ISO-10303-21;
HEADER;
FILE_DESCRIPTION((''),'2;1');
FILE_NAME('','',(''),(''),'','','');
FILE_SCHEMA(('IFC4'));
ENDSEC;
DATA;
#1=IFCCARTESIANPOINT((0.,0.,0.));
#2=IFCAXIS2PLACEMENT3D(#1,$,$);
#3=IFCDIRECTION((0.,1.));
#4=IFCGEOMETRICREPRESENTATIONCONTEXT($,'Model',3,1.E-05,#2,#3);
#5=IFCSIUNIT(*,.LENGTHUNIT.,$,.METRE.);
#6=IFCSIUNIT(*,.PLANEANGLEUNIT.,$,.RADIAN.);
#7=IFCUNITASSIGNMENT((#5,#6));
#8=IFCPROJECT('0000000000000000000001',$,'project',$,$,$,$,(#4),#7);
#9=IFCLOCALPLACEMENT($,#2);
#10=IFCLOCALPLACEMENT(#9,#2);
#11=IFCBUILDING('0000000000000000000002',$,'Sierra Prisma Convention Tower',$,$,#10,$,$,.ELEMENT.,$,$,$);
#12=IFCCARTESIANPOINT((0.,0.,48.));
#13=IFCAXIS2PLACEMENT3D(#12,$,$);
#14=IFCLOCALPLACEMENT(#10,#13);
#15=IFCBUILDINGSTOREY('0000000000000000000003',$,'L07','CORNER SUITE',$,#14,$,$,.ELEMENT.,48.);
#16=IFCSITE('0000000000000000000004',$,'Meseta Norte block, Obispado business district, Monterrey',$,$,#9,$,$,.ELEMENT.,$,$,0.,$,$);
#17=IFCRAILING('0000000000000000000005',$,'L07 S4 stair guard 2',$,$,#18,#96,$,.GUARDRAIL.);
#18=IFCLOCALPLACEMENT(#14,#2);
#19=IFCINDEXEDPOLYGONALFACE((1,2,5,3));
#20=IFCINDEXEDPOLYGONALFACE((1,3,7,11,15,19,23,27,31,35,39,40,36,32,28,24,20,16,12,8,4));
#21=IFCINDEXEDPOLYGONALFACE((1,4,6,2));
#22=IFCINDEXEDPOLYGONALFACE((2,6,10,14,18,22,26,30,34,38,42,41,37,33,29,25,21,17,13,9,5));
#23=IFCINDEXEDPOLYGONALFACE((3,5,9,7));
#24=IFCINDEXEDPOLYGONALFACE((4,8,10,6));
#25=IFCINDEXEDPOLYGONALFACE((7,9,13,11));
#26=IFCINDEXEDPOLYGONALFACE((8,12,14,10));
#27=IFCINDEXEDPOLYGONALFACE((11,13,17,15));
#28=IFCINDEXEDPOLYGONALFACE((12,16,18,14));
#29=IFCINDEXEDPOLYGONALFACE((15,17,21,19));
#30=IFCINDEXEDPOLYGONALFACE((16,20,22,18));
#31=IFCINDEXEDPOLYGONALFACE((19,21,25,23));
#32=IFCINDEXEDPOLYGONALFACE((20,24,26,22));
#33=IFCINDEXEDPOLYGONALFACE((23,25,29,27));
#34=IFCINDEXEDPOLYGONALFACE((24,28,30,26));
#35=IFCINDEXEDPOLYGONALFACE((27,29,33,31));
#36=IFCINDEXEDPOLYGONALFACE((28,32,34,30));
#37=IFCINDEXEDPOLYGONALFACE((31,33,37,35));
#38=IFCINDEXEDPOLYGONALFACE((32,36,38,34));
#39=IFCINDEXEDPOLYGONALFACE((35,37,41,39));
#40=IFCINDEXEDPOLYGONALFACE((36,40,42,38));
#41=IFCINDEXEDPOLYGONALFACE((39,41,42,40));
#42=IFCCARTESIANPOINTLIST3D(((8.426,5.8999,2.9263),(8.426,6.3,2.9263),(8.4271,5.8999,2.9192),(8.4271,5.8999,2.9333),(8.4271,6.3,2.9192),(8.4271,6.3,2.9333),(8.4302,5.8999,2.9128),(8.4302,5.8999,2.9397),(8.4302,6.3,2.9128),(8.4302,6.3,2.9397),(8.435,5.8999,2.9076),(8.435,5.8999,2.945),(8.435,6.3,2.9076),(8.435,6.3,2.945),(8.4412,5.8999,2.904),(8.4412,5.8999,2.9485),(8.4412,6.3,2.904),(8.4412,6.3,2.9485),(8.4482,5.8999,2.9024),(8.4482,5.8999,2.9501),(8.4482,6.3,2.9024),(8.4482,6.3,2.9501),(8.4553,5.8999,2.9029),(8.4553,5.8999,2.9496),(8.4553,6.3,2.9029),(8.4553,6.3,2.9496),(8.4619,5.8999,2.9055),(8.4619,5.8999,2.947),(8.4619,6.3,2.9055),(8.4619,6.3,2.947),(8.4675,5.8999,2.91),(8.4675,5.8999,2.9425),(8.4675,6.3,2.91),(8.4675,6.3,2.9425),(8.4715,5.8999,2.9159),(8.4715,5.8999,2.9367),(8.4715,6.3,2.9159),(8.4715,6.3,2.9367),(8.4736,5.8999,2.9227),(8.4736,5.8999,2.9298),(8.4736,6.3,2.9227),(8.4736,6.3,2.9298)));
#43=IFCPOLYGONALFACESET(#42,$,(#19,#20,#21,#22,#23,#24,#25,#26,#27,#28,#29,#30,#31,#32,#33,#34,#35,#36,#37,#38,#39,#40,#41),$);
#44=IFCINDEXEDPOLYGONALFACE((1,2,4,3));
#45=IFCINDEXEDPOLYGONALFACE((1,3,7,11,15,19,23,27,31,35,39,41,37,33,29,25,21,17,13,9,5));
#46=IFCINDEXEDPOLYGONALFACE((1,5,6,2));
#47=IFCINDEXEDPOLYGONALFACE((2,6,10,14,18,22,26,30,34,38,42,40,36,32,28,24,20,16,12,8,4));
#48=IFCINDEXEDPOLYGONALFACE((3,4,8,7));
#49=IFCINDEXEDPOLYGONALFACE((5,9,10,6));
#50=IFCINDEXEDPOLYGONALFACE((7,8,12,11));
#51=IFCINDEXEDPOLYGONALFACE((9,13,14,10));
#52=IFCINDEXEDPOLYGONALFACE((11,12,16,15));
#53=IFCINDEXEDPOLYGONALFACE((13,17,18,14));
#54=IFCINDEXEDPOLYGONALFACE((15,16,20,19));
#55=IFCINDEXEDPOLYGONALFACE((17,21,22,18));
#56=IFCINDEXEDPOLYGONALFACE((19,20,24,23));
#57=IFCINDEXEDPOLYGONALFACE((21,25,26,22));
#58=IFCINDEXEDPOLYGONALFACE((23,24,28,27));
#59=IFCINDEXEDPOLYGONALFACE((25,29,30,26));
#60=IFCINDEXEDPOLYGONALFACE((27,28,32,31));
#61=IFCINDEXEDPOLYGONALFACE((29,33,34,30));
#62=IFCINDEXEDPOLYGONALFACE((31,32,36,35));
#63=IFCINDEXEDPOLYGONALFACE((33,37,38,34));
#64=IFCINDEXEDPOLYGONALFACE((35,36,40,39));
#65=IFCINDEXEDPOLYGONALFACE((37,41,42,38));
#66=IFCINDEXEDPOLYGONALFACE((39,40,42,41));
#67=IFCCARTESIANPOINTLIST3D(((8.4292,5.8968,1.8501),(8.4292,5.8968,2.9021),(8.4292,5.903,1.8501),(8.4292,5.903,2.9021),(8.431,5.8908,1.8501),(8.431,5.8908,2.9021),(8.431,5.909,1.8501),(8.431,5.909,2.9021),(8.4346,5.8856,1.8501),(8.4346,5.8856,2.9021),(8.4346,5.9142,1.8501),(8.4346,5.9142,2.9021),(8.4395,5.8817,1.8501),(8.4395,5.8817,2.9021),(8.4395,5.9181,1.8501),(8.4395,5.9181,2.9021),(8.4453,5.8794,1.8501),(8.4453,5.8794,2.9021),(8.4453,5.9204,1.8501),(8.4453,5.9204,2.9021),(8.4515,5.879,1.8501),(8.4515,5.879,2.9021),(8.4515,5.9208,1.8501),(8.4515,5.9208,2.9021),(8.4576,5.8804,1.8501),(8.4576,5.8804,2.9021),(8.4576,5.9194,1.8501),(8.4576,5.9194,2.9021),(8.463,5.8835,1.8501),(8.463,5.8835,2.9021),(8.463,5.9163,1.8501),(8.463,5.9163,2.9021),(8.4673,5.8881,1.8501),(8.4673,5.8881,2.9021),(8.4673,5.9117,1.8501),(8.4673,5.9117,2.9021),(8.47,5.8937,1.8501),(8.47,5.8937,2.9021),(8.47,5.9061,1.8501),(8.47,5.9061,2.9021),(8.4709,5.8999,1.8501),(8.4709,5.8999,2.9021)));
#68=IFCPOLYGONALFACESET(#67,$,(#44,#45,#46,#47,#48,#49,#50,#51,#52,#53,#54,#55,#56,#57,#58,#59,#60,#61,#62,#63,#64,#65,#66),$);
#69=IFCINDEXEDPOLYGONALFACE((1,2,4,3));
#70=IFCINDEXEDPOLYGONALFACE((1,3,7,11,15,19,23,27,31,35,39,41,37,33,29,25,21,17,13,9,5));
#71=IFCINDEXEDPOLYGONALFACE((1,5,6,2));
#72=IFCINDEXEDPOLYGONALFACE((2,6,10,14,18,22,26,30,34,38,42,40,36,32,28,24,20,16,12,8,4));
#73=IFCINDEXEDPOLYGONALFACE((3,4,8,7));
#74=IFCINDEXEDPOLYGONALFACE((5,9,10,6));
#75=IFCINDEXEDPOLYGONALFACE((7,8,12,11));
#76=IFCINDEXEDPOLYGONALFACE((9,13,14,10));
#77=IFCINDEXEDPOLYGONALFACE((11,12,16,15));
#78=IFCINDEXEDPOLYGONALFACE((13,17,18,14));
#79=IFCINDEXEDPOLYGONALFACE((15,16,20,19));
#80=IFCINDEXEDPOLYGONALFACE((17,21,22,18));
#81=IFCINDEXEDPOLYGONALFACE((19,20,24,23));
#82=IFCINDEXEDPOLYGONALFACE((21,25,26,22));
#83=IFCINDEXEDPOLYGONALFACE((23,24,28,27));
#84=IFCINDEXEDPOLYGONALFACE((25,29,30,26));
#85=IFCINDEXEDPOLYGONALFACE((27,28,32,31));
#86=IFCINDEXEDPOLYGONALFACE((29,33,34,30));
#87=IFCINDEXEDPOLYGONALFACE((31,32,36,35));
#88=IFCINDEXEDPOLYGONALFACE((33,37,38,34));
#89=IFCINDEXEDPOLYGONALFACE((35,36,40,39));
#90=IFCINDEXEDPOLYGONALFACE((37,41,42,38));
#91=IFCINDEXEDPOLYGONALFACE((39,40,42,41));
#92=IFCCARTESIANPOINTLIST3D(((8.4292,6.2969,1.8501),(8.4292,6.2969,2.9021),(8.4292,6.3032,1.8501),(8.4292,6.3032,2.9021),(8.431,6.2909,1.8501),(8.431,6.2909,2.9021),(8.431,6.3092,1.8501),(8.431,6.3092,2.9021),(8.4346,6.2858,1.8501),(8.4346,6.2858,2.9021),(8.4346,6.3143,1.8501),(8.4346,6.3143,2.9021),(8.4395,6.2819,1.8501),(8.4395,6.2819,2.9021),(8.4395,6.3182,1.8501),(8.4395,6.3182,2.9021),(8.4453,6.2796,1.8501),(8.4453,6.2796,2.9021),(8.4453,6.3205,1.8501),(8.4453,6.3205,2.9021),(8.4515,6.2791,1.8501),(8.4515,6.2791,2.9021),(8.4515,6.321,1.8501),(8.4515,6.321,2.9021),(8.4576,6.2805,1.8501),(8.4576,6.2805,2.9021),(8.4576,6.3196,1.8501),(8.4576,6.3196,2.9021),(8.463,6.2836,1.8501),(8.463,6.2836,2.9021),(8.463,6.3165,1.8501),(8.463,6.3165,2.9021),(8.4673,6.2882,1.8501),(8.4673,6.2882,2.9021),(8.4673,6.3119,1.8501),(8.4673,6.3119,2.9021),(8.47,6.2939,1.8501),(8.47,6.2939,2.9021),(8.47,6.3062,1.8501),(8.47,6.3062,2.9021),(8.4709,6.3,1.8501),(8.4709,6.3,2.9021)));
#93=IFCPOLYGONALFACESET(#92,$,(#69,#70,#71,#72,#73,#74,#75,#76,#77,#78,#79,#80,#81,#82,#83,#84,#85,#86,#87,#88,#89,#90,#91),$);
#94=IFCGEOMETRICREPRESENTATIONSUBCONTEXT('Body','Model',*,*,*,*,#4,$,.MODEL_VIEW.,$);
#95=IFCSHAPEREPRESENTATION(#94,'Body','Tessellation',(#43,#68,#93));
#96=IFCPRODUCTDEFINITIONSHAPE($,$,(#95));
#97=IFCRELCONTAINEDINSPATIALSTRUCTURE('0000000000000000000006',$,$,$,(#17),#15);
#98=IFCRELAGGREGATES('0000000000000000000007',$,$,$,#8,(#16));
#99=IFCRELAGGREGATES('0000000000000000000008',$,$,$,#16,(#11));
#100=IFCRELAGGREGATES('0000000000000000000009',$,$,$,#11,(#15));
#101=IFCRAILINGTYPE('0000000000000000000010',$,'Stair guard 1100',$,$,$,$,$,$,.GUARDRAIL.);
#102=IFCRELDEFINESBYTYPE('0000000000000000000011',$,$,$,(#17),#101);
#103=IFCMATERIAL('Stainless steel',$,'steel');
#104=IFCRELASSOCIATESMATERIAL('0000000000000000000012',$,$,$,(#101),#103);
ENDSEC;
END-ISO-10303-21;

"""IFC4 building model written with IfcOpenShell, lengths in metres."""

from ifc_helpers import new_model, si_unit, direction, frame, origin, origin_2d, place, context, subcontext, project, spatial, circle, extrude, material, type_object, element, save


model = new_model("IFC4")

# Units and contexts
model_context = context("Model", 3, precision=1e-05, world=origin(), true_north=direction((0.0, 1.0)))
body_context = subcontext(model_context, "Body", "Model", "MODEL_VIEW")
ifc_project = project(units=[si_unit("LENGTHUNIT", "METRE"), si_unit("PLANEANGLEUNIT", "RADIAN")], contexts=[model_context])

# Site, building, storey
site_placement = place(None, origin())
site = spatial("IfcSite", under=ifc_project, at=site_placement, Name="Meseta Norte block, Obispado business district, Monterrey", CompositionType="ELEMENT", RefElevation=0.0)
building_placement = place(site_placement, origin())
building = spatial("IfcBuilding", under=site, at=building_placement, Name="Sierra Prisma Convention Tower", CompositionType="ELEMENT")
storey_placement = place(building_placement, frame((0.0, 0.0, 48.0)))
storey = spatial("IfcBuildingStorey", under=building, at=storey_placement, Name="L07", Description="CORNER SUITE", CompositionType="ELEMENT", Elevation=48.0)

# Railing
ifc_material_1 = material(Name="Stainless steel", Category="steel")
railing_type_1 = type_object("IfcRailingType", Name="Stair guard 1100", PredefinedType="GUARDRAIL", material=ifc_material_1)
railing_1_placement = place(storey_placement, frame((8.45, 5.8999, 1.8501)))
element("IfcRailing", 1, at=railing_1_placement, inside=storey, type_object=railing_type_1, Name="L07 S4 stair guard 2", PredefinedType="GUARDRAIL", context=body_context, shape_type="SweptSolid", body=[
    extrude(circle(Radius=0.0239, at=origin_2d()), frame((0.0, 0.0, 1.0762), z_axis=(0.0, 1.0, 0.0), x_axis=(-1.0, 0.0, 0.0)), (0.0, 0.0, 1.0), 0.4001),
    extrude(circle(Radius=0.021, at=origin_2d()), origin(), (0.0, 0.0, 1.0), 1.052),
    extrude(circle(Radius=0.021, at=origin_2d()), frame((0.0, 0.4001, 0.0)), (0.0, 0.0, 1.0), 1.052),
])

save(model, "model.ifc")
